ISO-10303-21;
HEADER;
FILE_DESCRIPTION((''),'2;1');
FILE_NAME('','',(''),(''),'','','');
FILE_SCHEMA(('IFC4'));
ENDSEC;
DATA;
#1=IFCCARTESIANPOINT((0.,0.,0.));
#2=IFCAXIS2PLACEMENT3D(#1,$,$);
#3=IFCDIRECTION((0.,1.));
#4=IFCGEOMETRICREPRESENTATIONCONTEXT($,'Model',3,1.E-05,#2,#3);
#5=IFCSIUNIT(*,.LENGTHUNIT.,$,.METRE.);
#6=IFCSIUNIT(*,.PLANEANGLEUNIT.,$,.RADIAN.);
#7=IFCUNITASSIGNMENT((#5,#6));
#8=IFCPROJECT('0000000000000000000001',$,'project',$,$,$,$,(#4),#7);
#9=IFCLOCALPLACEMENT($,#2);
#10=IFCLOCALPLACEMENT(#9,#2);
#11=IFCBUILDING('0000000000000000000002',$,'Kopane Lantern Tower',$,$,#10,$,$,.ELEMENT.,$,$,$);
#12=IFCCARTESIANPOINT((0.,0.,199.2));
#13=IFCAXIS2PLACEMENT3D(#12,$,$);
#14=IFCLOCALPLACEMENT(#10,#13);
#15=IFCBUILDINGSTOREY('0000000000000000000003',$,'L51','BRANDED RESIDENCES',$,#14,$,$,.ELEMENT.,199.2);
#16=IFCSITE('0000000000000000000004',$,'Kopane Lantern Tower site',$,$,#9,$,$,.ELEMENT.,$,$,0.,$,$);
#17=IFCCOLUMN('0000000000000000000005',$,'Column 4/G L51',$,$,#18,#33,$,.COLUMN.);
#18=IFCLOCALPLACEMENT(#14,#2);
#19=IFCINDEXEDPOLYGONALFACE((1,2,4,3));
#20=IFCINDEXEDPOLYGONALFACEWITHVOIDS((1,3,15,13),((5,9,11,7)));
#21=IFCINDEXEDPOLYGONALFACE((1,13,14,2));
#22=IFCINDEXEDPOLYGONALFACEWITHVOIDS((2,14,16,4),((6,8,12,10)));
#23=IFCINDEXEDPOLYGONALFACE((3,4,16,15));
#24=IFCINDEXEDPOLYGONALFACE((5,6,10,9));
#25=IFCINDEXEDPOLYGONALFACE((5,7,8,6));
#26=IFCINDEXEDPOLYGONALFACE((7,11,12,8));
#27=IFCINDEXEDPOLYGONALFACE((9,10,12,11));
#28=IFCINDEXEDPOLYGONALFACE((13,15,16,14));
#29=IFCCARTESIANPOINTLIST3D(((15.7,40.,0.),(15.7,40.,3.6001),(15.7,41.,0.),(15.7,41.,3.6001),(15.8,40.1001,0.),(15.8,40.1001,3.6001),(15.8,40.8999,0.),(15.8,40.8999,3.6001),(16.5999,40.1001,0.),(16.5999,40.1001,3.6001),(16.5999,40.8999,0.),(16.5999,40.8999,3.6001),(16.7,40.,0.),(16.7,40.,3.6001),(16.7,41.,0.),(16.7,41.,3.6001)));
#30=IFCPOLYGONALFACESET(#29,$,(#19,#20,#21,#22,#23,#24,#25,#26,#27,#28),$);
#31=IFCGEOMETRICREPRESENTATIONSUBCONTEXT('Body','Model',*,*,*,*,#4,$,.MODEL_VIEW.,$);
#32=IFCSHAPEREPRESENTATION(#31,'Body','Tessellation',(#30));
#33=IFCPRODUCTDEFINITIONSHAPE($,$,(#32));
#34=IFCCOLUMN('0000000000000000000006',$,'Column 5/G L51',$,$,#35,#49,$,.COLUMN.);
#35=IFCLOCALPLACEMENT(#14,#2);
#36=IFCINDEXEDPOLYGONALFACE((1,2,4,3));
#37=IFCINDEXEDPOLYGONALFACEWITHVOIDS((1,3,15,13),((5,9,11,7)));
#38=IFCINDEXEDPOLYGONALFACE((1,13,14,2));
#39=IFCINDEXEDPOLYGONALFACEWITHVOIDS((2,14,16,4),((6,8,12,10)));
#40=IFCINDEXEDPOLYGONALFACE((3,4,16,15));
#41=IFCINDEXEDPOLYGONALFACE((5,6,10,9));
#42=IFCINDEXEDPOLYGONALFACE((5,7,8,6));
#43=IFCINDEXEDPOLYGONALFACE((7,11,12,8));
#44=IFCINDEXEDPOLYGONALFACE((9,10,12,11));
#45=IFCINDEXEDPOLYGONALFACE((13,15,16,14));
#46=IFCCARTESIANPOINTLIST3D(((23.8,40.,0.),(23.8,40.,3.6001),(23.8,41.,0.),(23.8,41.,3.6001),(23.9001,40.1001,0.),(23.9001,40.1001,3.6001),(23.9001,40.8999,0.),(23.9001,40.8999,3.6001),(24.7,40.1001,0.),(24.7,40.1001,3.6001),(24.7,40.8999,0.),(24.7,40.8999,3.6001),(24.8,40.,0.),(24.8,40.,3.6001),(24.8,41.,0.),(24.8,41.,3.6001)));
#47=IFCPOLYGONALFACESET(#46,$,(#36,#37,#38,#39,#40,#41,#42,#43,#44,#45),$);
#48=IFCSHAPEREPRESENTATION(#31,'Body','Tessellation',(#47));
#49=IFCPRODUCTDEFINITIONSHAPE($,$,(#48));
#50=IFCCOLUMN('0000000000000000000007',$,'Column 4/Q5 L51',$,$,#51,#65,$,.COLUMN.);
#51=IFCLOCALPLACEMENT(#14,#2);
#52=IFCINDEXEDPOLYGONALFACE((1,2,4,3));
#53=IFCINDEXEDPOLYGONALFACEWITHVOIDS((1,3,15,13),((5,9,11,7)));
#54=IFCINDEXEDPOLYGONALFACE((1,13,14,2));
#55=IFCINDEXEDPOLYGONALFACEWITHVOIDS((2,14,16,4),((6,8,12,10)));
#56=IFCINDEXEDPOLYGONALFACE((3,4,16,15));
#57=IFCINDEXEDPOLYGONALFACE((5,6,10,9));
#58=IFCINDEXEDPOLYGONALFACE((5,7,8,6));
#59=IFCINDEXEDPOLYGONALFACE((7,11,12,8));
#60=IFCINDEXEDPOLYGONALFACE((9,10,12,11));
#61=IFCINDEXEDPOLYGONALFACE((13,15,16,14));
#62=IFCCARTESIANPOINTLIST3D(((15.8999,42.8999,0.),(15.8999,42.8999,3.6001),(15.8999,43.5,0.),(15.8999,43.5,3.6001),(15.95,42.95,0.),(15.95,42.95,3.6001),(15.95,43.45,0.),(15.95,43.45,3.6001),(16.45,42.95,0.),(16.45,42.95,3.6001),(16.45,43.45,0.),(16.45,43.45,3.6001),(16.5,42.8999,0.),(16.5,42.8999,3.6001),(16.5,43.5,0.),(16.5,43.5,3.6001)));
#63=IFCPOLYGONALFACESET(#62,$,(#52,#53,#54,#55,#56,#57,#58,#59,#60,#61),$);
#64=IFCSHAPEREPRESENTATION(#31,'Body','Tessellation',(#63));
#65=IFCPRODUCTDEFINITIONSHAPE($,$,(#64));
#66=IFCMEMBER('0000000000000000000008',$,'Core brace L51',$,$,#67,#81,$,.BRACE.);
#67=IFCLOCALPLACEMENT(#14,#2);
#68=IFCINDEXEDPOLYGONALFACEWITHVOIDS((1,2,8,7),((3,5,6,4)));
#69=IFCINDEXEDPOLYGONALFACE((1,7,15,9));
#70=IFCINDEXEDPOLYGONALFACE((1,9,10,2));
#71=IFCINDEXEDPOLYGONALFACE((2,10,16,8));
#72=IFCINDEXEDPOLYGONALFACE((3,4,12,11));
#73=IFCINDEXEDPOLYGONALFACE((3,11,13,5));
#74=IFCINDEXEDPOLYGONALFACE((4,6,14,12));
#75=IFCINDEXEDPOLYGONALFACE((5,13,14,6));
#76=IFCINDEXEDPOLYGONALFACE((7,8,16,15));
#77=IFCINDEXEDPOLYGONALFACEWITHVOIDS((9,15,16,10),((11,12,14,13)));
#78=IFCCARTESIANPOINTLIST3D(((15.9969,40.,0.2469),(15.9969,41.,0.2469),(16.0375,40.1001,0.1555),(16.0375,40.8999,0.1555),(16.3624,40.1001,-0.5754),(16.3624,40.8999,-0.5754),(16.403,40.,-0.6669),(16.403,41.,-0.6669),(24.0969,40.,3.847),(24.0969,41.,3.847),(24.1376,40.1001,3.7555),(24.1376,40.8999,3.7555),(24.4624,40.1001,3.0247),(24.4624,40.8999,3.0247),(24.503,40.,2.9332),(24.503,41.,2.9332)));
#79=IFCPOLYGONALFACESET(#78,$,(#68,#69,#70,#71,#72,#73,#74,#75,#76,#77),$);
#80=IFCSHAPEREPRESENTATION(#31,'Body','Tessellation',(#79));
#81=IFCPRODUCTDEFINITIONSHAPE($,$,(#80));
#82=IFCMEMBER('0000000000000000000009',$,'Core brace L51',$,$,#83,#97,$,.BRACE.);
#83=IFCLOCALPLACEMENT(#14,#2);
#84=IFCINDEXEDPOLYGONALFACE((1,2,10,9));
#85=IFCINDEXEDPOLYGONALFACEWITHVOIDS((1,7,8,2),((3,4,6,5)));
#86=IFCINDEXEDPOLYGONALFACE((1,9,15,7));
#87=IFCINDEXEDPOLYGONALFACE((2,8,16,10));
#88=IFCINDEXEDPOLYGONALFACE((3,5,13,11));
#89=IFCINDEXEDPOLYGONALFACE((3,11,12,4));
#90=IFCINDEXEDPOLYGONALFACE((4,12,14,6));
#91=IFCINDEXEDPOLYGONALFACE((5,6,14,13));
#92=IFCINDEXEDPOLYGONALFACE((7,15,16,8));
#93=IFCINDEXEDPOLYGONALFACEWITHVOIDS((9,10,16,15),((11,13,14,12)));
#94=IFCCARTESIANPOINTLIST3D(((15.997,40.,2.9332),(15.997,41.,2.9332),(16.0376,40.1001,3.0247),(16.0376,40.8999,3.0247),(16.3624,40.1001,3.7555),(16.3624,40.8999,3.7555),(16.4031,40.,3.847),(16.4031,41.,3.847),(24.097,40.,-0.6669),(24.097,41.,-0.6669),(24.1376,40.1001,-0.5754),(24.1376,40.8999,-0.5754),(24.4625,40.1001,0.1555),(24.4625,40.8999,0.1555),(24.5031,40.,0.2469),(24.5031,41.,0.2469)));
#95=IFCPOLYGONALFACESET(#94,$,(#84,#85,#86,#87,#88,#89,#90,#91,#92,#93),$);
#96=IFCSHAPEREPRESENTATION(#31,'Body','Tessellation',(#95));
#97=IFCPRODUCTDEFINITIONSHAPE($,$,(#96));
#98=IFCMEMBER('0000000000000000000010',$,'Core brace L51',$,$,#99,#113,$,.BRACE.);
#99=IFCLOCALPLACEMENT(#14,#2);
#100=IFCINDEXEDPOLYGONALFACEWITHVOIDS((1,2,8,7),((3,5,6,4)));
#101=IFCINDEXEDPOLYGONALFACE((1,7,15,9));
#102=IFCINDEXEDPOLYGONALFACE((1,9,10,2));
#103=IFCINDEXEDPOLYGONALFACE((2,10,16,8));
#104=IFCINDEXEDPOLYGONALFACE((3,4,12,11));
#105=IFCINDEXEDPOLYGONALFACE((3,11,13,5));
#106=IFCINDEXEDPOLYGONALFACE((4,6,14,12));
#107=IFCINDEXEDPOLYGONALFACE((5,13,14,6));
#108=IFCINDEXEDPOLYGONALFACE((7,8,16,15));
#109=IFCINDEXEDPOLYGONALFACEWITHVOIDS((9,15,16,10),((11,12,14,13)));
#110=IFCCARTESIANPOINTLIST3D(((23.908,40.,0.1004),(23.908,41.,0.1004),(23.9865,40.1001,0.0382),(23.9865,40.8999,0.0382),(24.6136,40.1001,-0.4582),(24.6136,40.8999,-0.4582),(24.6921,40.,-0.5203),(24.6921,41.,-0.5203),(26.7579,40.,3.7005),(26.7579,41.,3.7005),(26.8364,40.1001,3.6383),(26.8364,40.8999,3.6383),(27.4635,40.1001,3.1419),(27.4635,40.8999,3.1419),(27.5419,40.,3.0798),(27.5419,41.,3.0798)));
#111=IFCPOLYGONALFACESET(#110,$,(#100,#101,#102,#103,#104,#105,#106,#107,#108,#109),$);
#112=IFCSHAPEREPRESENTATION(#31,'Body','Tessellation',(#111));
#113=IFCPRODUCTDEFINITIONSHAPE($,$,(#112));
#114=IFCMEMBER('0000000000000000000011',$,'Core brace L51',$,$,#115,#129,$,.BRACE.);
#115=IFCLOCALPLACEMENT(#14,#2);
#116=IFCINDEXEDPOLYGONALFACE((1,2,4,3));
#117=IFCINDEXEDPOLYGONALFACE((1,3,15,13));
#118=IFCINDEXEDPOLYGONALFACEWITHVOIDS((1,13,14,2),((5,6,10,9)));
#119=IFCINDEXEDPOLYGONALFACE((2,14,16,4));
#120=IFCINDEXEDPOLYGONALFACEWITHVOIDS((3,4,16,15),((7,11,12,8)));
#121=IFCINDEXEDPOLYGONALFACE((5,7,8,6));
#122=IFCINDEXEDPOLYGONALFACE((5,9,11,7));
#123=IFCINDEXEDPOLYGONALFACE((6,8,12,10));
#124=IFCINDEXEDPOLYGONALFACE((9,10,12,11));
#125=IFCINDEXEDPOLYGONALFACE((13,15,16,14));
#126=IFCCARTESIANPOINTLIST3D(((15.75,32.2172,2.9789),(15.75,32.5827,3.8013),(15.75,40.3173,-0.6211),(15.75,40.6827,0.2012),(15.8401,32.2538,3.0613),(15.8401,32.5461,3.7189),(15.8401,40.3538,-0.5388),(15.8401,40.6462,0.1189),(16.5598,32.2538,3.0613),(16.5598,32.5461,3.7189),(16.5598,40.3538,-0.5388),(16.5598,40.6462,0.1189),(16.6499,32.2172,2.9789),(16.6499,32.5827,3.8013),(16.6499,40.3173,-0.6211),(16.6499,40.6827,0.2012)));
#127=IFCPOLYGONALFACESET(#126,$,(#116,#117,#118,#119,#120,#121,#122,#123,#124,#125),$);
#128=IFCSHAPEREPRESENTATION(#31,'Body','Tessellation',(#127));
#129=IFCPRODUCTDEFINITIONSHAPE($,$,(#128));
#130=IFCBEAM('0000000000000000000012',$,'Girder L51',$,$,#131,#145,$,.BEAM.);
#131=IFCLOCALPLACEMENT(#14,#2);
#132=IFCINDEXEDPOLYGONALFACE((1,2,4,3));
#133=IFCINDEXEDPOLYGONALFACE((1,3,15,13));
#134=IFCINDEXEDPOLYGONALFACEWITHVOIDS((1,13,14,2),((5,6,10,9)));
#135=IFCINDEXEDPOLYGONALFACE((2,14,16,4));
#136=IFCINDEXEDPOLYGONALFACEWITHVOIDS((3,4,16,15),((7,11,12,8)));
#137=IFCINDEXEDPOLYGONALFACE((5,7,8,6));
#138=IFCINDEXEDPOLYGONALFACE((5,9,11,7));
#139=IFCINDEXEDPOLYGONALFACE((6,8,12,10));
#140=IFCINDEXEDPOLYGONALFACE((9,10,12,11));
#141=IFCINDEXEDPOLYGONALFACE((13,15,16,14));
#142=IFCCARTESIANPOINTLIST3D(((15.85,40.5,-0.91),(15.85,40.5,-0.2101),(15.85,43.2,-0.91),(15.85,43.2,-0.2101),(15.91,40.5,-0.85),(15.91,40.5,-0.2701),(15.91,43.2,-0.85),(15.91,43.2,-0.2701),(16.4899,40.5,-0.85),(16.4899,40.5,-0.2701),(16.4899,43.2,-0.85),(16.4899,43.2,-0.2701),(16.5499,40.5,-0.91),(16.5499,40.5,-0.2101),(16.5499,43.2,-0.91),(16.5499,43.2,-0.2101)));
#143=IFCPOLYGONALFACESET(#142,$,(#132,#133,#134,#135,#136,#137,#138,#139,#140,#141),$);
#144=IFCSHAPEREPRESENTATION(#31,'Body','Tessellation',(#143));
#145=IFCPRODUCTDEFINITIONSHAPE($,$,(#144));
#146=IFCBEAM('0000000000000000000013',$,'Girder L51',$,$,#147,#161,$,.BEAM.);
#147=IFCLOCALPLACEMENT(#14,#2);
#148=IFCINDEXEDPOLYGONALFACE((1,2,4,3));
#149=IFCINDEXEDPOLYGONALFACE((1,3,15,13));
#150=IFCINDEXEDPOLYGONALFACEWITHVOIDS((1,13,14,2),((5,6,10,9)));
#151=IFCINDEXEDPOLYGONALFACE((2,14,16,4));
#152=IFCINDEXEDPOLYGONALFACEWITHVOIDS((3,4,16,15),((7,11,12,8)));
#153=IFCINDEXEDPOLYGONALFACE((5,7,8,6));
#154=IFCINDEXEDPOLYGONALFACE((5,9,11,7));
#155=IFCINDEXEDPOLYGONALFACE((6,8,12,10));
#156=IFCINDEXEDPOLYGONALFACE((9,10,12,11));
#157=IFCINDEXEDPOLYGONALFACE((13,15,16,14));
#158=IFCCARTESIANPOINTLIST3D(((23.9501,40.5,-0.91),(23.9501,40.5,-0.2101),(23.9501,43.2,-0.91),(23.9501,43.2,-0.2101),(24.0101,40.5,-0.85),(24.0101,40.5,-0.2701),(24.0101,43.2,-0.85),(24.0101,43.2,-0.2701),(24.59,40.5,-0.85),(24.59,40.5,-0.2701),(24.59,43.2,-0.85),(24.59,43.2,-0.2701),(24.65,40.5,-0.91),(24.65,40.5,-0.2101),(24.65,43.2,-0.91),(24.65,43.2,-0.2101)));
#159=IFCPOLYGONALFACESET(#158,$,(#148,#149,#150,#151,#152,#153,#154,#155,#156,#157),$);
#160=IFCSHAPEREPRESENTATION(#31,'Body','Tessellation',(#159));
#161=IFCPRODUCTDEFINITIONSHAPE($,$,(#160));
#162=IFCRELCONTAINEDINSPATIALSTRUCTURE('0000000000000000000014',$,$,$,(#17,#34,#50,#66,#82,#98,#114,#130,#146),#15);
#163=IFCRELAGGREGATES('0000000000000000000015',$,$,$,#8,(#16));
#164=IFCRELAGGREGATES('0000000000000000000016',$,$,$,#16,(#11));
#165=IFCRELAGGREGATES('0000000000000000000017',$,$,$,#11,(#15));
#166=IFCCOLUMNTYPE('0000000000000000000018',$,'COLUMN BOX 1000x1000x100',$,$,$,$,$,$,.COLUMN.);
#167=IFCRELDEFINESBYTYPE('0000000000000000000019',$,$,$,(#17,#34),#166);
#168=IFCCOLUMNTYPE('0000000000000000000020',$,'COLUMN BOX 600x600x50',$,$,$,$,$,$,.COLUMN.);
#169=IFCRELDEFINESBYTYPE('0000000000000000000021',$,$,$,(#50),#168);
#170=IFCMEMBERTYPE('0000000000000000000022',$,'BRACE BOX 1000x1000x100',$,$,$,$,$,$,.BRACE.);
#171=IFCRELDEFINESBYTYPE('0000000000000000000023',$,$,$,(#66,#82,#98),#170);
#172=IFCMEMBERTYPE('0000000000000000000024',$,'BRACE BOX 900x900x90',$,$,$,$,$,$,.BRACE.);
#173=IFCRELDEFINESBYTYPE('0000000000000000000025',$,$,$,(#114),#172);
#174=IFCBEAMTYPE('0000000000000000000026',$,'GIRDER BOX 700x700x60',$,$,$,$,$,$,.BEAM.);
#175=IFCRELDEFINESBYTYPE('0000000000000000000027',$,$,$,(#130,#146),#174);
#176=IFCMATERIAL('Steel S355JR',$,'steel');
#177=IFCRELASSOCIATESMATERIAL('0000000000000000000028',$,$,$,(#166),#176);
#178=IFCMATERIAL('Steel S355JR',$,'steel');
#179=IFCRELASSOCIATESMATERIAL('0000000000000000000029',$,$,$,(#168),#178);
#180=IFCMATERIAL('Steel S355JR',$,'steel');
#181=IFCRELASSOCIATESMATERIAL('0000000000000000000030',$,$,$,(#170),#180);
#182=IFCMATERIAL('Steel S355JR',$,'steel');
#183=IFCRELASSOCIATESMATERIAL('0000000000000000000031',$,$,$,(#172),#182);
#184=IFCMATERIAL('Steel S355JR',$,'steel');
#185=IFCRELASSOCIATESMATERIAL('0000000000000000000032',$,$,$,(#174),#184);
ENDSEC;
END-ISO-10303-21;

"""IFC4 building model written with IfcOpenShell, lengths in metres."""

from ifc_helpers import new_model, si_unit, direction, frame, origin, origin_2d, place, context, subcontext, project, spatial, hollow_rectangle, extrude, material, material_profile, profile_set, type_object, element, save


model = new_model("IFC4")

# Units and contexts
model_context = context("Model", 3, precision=1e-05, world=origin(), true_north=direction((0.0, 1.0)))
body_context = subcontext(model_context, "Body", "Model", "MODEL_VIEW")
ifc_project = project(units=[si_unit("LENGTHUNIT", "METRE"), si_unit("PLANEANGLEUNIT", "RADIAN")], contexts=[model_context])

# Site, building, storey
site_placement = place(None, origin())
site = spatial("IfcSite", under=ifc_project, at=site_placement, Name="Kopane Lantern Tower site", CompositionType="ELEMENT", RefElevation=0.0)
building_placement = place(site_placement, origin())
building = spatial("IfcBuilding", under=site, at=building_placement, Name="Kopane Lantern Tower", CompositionType="ELEMENT")
storey_placement = place(building_placement, frame((0.0, 0.0, 199.2)))
storey = spatial("IfcBuildingStorey", under=building, at=storey_placement, Name="L51", Description="BRANDED RESIDENCES", CompositionType="ELEMENT", Elevation=199.2)

# Columns
ifc_material_1 = material(Name="Steel S355JR", Category="steel")
ifc_material_profile_1 = material_profile(ifc_material_1, hollow_rectangle(XDim=1.0, YDim=1.0, WallThickness=0.1001, at=origin_2d()), Name="BOX 1000x1000x100")
ifc_profile_set_1 = profile_set([ifc_material_profile_1], Name="Steel S355JR")
column_type_1 = type_object("IfcColumnType", Name="COLUMN BOX 1000x1000x100", PredefinedType="COLUMN", material=ifc_profile_set_1)
for number, where, z_axis, x_axis, name in (
    (1, (16.2, 40.5, 0.0), (0.0, 0.0, 1.0), (1.0, 0.0, 0.0), "Column 4/G L51"),
    (2, (24.3, 40.5, 0.0), (0.0, 0.0, 1.0), (1.0, 0.0, 0.0), "Column 5/G L51"),
):
    element("IfcColumn", number, at=place(storey_placement, frame(where, z_axis=z_axis, x_axis=x_axis)), inside=storey, type_object=column_type_1, Name=name, PredefinedType="COLUMN", context=body_context, shape_type="SweptSolid", body=[
        extrude(hollow_rectangle(XDim=1.0, YDim=1.0, WallThickness=0.1001, at=origin_2d()), origin(), (0.0, 0.0, 1.0), 3.6001),
    ])
ifc_material_2 = material(Name="Steel S355JR", Category="steel")
ifc_material_profile_2 = material_profile(ifc_material_2, hollow_rectangle(XDim=0.6001, YDim=0.6001, WallThickness=0.05, at=origin_2d()), Name="BOX 600x600x50")
ifc_profile_set_2 = profile_set([ifc_material_profile_2], Name="Steel S355JR")
column_type_2 = type_object("IfcColumnType", Name="COLUMN BOX 600x600x50", PredefinedType="COLUMN", material=ifc_profile_set_2)
column_placement = place(storey_placement, frame((16.2, 43.2, 0.0), z_axis=(0.0, 0.0, 1.0), x_axis=(1.0, 0.0, 0.0)))
element("IfcColumn", 3, at=column_placement, inside=storey, type_object=column_type_2, Name="Column 4/Q5 L51", PredefinedType="COLUMN", context=body_context, shape_type="SweptSolid", body=[
    extrude(hollow_rectangle(XDim=0.6001, YDim=0.6001, WallThickness=0.05, at=origin_2d()), origin(), (0.0, 0.0, 1.0), 3.6001),
])

# Members
ifc_material_3 = material(Name="Steel S355JR", Category="steel")
ifc_material_profile_3 = material_profile(ifc_material_3, hollow_rectangle(XDim=1.0, YDim=1.0, WallThickness=0.1001, at=origin_2d()), Name="BOX 1000x1000x100")
ifc_profile_set_3 = profile_set([ifc_material_profile_3], Name="Steel S355JR")
member_type_1 = type_object("IfcMemberType", Name="BRACE BOX 1000x1000x100", PredefinedType="BRACE", material=ifc_profile_set_3)
for number, where, z_axis, x_axis, name in (
    (4, (16.2, 40.5, -0.21), (0.913809, 0.0, 0.406144), (0.0, 1.0, 0.0), "Core brace L51"),
    (5, (24.3, 40.5, -0.21), (-0.913809, 0.0, 0.406144), (0.0, -1.0, 0.0), "Core brace L51"),
):
    element("IfcMember", number, at=place(storey_placement, frame(where, z_axis=z_axis, x_axis=x_axis)), inside=storey, type_object=member_type_1, Name=name, PredefinedType="BRACE", context=body_context, shape_type="SweptSolid", body=[
        extrude(hollow_rectangle(XDim=1.0, YDim=1.0, WallThickness=0.1001, at=origin_2d()), origin(), (0.0, 0.0, 1.0), 8.864),
    ])
member_1_placement = place(storey_placement, frame((24.3, 40.5, -0.21), z_axis=(0.620673, 0.0, 0.78407), x_axis=(0.0, 1.0, 0.0)))
element("IfcMember", 6, at=member_1_placement, inside=storey, type_object=member_type_1, Name="Core brace L51", PredefinedType="BRACE", context=body_context, shape_type="SweptSolid", body=[
    extrude(hollow_rectangle(XDim=1.0, YDim=1.0, WallThickness=0.1001, at=origin_2d()), origin(), (0.0, 0.0, 1.0), 4.5916),
])
ifc_material_4 = material(Name="Steel S355JR", Category="steel")
ifc_material_profile_4 = material_profile(ifc_material_4, hollow_rectangle(XDim=0.8999, YDim=0.8999, WallThickness=0.0901, at=origin_2d()), Name="BOX 900x900x90")
ifc_profile_set_4 = profile_set([ifc_material_profile_4], Name="Steel S355JR")
member_type_2 = type_object("IfcMemberType", Name="BRACE BOX 900x900x90", PredefinedType="BRACE", material=ifc_profile_set_4)
member_2_placement = place(storey_placement, frame((16.2, 40.5, -0.21), z_axis=(0.0, -0.913809, 0.406144), x_axis=(1.0, 0.0, 0.0)))
element("IfcMember", 7, at=member_2_placement, inside=storey, type_object=member_type_2, Name="Core brace L51", PredefinedType="BRACE", context=body_context, shape_type="SweptSolid", body=[
    extrude(hollow_rectangle(XDim=0.8999, YDim=0.8999, WallThickness=0.0901, at=origin_2d()), origin(), (0.0, 0.0, 1.0), 8.864),
])

# Beams
ifc_material_5 = material(Name="Steel S355JR", Category="steel")
ifc_material_profile_5 = material_profile(ifc_material_5, hollow_rectangle(XDim=0.7, YDim=0.7, WallThickness=0.0601, at=origin_2d()), Name="BOX 700x700x60")
ifc_profile_set_5 = profile_set([ifc_material_profile_5], Name="Steel S355JR")
beam_type_1 = type_object("IfcBeamType", Name="GIRDER BOX 700x700x60", PredefinedType="BEAM", material=ifc_profile_set_5)
for number, where, z_axis, x_axis, name in (
    (8, (16.2, 40.5, -0.5601), (0.0, 1.0, 0.0), (-1.0, 0.0, 0.0), "Girder L51"),
    (9, (24.3, 40.5, -0.5601), (0.0, 1.0, 0.0), (-1.0, 0.0, 0.0), "Girder L51"),
):
    element("IfcBeam", number, at=place(storey_placement, frame(where, z_axis=z_axis, x_axis=x_axis)), inside=storey, type_object=beam_type_1, Name=name, PredefinedType="BEAM", context=body_context, shape_type="SweptSolid", body=[
        extrude(hollow_rectangle(XDim=0.7, YDim=0.7, WallThickness=0.0601, at=origin_2d()), origin(), (0.0, 0.0, 1.0), 2.7),
    ])

save(model, "model.ifc")
